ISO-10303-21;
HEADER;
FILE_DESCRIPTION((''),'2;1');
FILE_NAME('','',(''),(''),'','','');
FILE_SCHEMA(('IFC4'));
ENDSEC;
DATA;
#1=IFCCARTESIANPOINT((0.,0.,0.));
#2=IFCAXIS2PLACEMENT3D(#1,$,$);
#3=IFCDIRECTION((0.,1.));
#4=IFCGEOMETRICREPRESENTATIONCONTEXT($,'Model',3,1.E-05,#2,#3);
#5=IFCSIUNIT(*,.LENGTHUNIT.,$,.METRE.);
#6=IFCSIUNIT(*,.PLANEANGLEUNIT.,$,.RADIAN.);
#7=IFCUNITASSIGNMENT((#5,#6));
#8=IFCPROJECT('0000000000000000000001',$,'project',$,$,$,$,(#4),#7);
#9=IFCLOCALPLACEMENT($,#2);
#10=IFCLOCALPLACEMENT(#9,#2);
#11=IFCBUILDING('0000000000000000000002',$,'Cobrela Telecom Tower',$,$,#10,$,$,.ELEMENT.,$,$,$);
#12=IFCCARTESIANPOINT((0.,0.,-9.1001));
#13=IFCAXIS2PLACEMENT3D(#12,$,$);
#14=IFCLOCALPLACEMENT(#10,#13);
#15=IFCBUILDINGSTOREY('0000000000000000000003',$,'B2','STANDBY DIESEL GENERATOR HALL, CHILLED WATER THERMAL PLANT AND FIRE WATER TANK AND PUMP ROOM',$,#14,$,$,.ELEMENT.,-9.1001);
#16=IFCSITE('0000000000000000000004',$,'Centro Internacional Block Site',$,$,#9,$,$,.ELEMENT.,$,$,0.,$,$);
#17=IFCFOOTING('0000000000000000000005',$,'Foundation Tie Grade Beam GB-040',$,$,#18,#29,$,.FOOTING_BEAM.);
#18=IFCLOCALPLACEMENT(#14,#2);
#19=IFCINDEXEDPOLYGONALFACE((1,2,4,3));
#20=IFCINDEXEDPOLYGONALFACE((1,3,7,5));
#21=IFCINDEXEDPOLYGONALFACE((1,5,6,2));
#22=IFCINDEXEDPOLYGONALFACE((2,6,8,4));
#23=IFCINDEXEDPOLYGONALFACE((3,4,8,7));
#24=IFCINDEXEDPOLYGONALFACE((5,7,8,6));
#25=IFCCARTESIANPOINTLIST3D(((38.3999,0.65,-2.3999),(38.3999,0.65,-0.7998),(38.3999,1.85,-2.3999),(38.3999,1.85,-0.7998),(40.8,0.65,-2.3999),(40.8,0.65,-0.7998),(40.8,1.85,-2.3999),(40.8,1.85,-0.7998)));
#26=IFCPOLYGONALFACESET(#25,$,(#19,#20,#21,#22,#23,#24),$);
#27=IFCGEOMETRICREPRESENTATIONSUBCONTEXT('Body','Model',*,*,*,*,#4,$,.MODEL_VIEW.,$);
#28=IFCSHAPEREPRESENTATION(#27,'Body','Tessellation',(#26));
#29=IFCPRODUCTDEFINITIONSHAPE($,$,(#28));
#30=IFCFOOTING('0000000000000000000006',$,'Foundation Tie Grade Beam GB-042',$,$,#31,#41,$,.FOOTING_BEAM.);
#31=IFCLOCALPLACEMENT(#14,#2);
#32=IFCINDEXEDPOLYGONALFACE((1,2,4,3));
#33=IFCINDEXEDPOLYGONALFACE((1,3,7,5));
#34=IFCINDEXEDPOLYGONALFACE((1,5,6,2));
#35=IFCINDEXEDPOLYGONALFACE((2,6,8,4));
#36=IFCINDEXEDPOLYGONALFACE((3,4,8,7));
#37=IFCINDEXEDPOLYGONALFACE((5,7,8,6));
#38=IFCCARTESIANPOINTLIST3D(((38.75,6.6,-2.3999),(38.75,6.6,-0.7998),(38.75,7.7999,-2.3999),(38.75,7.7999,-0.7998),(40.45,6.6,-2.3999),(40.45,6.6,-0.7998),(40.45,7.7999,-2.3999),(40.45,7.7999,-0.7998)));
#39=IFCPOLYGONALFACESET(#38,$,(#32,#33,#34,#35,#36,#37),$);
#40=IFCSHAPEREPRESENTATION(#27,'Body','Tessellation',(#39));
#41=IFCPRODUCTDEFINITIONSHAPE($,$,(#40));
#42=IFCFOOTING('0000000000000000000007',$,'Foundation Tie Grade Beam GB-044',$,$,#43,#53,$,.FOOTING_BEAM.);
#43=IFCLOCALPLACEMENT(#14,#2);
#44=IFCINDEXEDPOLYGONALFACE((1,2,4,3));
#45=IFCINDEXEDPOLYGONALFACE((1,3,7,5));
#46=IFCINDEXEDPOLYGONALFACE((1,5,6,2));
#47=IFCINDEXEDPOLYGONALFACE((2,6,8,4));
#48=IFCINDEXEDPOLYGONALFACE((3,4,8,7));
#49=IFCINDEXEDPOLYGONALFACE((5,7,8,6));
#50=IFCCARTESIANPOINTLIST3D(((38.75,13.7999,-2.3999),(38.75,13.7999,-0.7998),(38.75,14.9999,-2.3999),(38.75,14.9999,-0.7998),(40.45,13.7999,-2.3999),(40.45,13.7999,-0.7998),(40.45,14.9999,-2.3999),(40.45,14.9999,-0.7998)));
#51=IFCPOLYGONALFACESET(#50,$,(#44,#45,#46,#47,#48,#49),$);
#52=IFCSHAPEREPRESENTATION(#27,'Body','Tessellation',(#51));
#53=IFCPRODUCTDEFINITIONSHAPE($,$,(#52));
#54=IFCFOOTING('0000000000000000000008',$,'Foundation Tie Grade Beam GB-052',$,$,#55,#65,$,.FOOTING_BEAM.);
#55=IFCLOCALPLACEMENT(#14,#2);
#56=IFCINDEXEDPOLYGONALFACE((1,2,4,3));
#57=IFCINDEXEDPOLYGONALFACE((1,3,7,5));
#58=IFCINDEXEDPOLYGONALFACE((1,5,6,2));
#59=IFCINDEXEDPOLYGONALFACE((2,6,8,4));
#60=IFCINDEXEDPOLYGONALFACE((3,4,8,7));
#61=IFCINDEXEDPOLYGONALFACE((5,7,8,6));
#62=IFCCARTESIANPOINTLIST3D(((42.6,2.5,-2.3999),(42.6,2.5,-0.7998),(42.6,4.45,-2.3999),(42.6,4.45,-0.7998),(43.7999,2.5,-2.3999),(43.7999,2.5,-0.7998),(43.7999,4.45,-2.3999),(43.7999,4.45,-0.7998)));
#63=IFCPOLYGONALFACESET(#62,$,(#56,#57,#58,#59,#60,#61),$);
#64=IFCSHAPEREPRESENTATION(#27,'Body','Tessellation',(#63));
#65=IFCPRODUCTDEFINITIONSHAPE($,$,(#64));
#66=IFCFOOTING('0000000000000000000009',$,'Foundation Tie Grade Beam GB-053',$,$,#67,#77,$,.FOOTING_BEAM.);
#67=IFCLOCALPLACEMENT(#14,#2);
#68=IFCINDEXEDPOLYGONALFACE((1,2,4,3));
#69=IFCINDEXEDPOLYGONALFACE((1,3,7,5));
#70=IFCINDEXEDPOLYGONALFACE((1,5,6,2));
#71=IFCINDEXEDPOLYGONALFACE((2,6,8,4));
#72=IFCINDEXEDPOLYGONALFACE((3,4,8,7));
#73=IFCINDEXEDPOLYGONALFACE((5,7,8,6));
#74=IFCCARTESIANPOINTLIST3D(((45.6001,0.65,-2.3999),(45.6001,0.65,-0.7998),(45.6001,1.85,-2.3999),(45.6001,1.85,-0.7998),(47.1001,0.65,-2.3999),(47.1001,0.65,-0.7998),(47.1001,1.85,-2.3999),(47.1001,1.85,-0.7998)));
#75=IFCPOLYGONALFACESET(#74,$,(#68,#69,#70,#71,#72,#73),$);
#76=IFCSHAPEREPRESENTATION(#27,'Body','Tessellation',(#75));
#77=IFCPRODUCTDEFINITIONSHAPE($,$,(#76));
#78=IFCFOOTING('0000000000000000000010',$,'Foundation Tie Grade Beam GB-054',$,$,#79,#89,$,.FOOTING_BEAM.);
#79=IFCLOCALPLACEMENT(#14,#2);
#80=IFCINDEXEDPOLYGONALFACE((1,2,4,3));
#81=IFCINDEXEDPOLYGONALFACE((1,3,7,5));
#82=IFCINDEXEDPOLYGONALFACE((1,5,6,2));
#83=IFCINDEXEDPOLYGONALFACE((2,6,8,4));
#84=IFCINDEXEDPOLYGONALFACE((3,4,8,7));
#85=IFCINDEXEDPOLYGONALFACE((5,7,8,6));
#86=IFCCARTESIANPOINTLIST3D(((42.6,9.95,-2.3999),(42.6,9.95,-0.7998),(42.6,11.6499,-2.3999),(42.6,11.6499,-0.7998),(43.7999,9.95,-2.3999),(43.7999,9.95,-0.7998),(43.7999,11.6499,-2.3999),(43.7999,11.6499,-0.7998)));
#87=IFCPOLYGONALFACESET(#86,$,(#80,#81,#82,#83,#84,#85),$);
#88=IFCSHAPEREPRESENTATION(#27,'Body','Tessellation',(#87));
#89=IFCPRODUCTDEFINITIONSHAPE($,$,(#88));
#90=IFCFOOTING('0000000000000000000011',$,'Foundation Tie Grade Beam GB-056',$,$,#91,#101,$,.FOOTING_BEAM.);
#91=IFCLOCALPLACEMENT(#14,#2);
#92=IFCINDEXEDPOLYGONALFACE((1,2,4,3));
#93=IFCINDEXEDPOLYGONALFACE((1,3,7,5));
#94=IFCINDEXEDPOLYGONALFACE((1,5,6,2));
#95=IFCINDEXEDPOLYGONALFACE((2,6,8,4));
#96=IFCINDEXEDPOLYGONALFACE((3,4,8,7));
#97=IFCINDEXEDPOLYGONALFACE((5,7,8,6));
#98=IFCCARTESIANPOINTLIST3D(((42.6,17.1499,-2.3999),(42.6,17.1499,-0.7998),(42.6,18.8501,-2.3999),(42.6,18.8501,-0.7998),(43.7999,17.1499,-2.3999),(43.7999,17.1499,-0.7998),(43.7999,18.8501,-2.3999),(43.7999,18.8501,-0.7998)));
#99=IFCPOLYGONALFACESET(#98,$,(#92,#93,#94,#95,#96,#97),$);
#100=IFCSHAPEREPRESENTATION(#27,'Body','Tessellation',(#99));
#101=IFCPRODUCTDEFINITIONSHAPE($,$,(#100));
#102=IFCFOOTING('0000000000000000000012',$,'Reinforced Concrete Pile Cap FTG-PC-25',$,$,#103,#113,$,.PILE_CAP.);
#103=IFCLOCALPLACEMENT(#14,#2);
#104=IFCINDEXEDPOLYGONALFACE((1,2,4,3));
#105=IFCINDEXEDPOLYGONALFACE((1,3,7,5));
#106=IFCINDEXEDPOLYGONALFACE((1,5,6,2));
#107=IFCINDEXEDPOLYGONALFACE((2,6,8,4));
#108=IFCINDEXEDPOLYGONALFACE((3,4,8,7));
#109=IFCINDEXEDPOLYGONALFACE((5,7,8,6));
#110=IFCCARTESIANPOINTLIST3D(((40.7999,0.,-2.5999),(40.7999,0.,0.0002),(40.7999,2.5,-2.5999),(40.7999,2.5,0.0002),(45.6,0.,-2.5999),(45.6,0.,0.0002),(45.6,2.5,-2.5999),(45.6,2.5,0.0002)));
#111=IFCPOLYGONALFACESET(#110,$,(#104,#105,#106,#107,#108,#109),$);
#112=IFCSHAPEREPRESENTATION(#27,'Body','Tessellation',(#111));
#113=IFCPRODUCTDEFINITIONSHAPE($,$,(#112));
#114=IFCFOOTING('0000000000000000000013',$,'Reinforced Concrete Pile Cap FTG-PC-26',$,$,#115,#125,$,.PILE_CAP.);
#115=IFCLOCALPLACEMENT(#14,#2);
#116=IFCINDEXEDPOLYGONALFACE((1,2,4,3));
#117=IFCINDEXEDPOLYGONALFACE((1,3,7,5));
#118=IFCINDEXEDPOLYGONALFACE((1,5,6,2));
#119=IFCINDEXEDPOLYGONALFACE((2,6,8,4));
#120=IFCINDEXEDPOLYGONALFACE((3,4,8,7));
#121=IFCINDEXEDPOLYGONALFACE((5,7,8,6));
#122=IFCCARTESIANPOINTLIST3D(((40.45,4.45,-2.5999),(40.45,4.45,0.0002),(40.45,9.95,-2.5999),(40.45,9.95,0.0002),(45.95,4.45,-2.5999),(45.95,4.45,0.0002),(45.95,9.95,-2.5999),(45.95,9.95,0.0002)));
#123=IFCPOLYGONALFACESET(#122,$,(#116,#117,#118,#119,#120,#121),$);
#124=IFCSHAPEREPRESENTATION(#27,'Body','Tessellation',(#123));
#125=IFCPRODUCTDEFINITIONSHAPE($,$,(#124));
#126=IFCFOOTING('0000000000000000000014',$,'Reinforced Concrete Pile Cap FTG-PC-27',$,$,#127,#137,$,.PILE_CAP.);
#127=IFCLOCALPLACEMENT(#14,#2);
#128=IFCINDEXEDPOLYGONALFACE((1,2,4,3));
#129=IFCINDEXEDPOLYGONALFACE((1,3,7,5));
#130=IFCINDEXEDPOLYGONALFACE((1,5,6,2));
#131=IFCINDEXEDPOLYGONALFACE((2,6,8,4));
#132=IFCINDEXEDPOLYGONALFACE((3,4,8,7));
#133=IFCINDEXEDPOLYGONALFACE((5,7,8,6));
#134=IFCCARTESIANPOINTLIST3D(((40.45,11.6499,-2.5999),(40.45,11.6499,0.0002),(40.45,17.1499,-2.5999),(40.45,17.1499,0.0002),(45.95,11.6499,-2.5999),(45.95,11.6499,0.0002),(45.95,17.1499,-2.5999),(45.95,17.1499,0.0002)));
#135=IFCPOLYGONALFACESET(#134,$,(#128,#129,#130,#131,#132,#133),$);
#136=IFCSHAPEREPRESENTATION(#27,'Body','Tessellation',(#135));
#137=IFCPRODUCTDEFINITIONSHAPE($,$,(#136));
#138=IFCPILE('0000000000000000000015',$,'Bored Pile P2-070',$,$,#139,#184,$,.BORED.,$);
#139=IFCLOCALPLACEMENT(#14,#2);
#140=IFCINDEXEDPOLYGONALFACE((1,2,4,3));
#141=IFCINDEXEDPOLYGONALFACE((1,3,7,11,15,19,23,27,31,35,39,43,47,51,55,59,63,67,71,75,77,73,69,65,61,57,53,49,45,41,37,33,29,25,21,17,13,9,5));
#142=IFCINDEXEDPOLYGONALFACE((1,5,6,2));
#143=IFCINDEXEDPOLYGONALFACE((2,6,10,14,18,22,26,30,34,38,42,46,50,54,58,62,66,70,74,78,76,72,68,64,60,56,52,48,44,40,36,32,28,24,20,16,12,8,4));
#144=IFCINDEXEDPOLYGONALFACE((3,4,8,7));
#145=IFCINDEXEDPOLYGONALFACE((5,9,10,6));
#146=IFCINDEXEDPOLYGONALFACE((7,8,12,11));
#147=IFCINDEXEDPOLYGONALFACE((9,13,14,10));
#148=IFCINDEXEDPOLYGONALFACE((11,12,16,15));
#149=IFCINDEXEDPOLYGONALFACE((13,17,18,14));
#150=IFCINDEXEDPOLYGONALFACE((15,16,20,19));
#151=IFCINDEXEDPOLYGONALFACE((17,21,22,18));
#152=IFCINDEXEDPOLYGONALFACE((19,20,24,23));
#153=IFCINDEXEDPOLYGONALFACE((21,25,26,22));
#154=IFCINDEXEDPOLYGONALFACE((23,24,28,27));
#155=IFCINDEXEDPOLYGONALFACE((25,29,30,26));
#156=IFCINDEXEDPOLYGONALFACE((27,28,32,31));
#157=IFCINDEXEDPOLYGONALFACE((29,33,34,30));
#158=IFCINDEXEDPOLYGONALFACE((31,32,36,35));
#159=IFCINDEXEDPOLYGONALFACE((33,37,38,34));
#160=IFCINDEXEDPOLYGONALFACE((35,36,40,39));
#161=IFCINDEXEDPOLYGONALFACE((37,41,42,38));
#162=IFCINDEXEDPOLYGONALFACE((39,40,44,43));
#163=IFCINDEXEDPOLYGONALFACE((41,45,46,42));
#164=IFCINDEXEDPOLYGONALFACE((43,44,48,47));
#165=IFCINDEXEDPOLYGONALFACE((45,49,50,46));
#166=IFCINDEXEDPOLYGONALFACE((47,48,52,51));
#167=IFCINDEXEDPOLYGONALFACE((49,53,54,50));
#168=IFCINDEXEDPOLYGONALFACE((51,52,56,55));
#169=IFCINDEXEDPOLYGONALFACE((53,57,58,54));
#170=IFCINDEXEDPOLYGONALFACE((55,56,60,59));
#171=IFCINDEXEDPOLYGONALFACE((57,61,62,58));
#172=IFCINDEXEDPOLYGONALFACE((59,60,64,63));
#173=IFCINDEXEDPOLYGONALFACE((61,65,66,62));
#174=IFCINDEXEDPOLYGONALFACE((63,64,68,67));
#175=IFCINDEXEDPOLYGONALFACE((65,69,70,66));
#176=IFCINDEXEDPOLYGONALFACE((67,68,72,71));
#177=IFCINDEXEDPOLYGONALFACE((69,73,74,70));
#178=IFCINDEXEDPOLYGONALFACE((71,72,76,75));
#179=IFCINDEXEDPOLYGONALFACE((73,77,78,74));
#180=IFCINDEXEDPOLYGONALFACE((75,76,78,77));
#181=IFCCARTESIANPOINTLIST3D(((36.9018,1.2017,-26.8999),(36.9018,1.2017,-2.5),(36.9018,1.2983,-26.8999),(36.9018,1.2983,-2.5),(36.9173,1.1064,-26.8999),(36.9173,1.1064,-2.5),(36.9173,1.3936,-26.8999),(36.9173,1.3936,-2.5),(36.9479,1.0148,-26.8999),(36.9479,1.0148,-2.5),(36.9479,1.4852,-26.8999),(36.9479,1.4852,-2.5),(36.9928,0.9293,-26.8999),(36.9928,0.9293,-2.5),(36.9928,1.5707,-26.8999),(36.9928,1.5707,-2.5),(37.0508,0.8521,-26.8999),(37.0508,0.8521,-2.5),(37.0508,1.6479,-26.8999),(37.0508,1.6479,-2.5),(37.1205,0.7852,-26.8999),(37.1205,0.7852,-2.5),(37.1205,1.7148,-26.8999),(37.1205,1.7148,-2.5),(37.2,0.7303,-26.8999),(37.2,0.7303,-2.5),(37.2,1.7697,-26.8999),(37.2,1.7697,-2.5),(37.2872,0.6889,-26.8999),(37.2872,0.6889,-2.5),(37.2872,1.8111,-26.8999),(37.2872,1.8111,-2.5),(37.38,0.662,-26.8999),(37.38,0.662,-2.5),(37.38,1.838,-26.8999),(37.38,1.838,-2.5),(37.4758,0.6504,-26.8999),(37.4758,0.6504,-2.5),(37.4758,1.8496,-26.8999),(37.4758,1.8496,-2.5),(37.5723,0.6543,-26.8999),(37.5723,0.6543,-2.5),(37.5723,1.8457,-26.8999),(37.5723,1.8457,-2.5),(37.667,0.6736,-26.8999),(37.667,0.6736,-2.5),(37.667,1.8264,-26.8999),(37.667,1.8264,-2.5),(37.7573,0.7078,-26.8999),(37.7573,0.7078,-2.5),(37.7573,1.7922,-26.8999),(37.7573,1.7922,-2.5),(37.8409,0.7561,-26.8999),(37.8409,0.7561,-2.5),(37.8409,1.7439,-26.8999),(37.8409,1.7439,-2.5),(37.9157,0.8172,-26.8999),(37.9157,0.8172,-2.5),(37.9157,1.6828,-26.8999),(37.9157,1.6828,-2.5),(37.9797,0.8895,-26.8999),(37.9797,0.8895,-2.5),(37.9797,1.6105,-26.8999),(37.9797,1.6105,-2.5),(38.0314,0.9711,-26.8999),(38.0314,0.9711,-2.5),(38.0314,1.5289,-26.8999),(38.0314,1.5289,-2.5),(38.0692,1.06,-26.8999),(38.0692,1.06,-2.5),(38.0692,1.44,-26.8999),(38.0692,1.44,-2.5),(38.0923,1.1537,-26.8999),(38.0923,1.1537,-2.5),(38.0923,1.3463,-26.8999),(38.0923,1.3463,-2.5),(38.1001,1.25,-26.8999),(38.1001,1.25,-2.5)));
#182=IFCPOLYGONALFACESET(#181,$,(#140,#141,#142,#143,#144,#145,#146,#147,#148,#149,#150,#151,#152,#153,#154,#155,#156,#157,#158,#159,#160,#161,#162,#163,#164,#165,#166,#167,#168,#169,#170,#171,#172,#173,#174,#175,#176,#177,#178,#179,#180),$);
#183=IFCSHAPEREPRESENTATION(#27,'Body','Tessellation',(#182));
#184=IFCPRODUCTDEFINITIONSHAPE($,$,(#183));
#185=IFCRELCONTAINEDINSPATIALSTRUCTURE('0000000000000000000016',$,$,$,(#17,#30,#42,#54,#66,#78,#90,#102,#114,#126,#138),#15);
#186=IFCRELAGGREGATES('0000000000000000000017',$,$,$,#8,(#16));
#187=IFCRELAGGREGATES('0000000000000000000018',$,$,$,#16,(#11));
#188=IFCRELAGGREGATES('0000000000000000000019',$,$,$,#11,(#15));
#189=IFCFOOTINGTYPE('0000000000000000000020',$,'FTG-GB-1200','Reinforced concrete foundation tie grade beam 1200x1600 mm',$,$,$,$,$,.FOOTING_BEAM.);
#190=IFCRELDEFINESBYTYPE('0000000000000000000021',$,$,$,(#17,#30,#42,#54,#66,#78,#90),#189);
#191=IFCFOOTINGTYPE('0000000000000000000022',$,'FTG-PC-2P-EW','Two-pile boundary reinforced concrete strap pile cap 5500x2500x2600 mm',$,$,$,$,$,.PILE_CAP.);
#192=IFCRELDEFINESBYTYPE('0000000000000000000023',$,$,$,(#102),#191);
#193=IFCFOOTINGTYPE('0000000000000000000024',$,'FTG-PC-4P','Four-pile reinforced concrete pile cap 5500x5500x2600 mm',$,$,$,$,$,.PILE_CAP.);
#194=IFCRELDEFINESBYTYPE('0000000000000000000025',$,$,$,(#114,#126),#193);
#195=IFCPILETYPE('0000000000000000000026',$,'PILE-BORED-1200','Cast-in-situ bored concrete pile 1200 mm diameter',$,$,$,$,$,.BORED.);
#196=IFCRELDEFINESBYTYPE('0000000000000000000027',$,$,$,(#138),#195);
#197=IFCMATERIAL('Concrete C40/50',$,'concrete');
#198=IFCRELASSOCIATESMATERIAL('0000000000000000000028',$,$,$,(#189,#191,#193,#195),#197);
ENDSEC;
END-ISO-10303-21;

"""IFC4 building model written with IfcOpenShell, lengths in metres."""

from ifc_helpers import new_model, si_unit, direction, frame, origin, origin_2d, place, context, subcontext, project, spatial, rectangle, circle, extrude, material, material_profile, profile_set, type_object, element, save


model = new_model("IFC4")

# Units and contexts
model_context = context("Model", 3, precision=1e-05, world=origin(), true_north=direction((0.0, 1.0)))
body_context = subcontext(model_context, "Body", "Model", "MODEL_VIEW")
ifc_project = project(units=[si_unit("LENGTHUNIT", "METRE"), si_unit("PLANEANGLEUNIT", "RADIAN")], contexts=[model_context])

# Site, building, storey
site_placement = place(None, origin())
site = spatial("IfcSite", under=ifc_project, at=site_placement, Name="Centro Internacional Block Site", CompositionType="ELEMENT", RefElevation=0.0)
building_placement = place(site_placement, origin())
building = spatial("IfcBuilding", under=site, at=building_placement, Name="Cobrela Telecom Tower", CompositionType="ELEMENT")
storey_placement = place(building_placement, frame((0.0, 0.0, -9.1001)))
storey = spatial("IfcBuildingStorey", under=building, at=storey_placement, Name="B2", Description="STANDBY DIESEL GENERATOR HALL, CHILLED WATER THERMAL PLANT AND FIRE WATER TANK AND PUMP ROOM", CompositionType="ELEMENT", Elevation=-9.1001)

# Footings
ifc_material_1 = material(Name="Concrete C40/50", Category="concrete")
ifc_material_profile_1 = material_profile(ifc_material_1, rectangle(XDim=1.2, YDim=1.6001, at=origin_2d()), Name="GB 1200x1600")
ifc_profile_set_1 = profile_set([ifc_material_profile_1], Name="Concrete C40/50")
footing_type_1 = type_object("IfcFootingType", Name="FTG-GB-1200", Description="Reinforced concrete foundation tie grade beam 1200x1600 mm", PredefinedType="FOOTING_BEAM", material=ifc_profile_set_1)
footing_1_placement = place(storey_placement, frame((38.3999, 1.25, -1.5999), z_axis=(1.0, 0.0, 0.0), x_axis=(0.0, 1.0, 0.0)))
element("IfcFooting", 1, at=footing_1_placement, inside=storey, type_object=footing_type_1, Name="Foundation Tie Grade Beam GB-040", PredefinedType="FOOTING_BEAM", context=body_context, shape_type="SweptSolid", body=[
    extrude(rectangle(XDim=1.2, YDim=1.6001, at=origin_2d()), origin(), (0.0, 0.0, 1.0), 2.4001),
])
for number, where, z_axis, x_axis, name in (
    (2, (38.75, 7.2, -1.5999), (1.0, 0.0, 0.0), (0.0, 1.0, 0.0), "Foundation Tie Grade Beam GB-042"),
    (3, (38.75, 14.3999, -1.5999), (1.0, 0.0, 0.0), (0.0, 1.0, 0.0), "Foundation Tie Grade Beam GB-044"),
):
    element("IfcFooting", number, at=place(storey_placement, frame(where, z_axis=z_axis, x_axis=x_axis)), inside=storey, type_object=footing_type_1, Name=name, PredefinedType="FOOTING_BEAM", context=body_context, shape_type="SweptSolid", body=[
        extrude(rectangle(XDim=1.2, YDim=1.6001, at=origin_2d()), origin(), (0.0, 0.0, 1.0), 1.7),
    ])
footing_2_placement = place(storey_placement, frame((43.2, 2.5, -1.5999), z_axis=(0.0, 1.0, 0.0), x_axis=(-1.0, 0.0, 0.0)))
element("IfcFooting", 4, at=footing_2_placement, inside=storey, type_object=footing_type_1, Name="Foundation Tie Grade Beam GB-052", PredefinedType="FOOTING_BEAM", context=body_context, shape_type="SweptSolid", body=[
    extrude(rectangle(XDim=1.2, YDim=1.6001, at=origin_2d()), origin(), (0.0, 0.0, 1.0), 1.95),
])
footing_3_placement = place(storey_placement, frame((45.6001, 1.25, -1.5999), z_axis=(1.0, 0.0, 0.0), x_axis=(0.0, 1.0, 0.0)))
element("IfcFooting", 5, at=footing_3_placement, inside=storey, type_object=footing_type_1, Name="Foundation Tie Grade Beam GB-053", PredefinedType="FOOTING_BEAM", context=body_context, shape_type="SweptSolid", body=[
    extrude(rectangle(XDim=1.2, YDim=1.6001, at=origin_2d()), origin(), (0.0, 0.0, 1.0), 1.5),
])
footing_4_placement = place(storey_placement, frame((43.2, 9.95, -1.5999), z_axis=(0.0, 1.0, 0.0), x_axis=(-1.0, 0.0, 0.0)))
element("IfcFooting", 6, at=footing_4_placement, inside=storey, type_object=footing_type_1, Name="Foundation Tie Grade Beam GB-054", PredefinedType="FOOTING_BEAM", context=body_context, shape_type="SweptSolid", body=[
    extrude(rectangle(XDim=1.2, YDim=1.6001, at=origin_2d()), origin(), (0.0, 0.0, 1.0), 1.7),
])
footing_5_placement = place(storey_placement, frame((43.2, 17.1499, -1.5999), z_axis=(0.0, 1.0, 0.0), x_axis=(-1.0, 0.0, 0.0)))
element("IfcFooting", 7, at=footing_5_placement, inside=storey, type_object=footing_type_1, Name="Foundation Tie Grade Beam GB-056", PredefinedType="FOOTING_BEAM", context=body_context, shape_type="SweptSolid", body=[
    extrude(rectangle(XDim=1.2, YDim=1.6001, at=origin_2d()), origin(), (0.0, 0.0, 1.0), 1.7002),
])
footing_type_2 = type_object("IfcFootingType", Name="FTG-PC-2P-EW", Description="Two-pile boundary reinforced concrete strap pile cap 5500x2500x2600 mm", PredefinedType="PILE_CAP", material=ifc_material_1)
footing_6_placement = place(storey_placement, frame((43.2, 1.25, -2.5999), z_axis=(0.0, 0.0, 1.0), x_axis=(1.0, 0.0, 0.0)))
element("IfcFooting", 8, at=footing_6_placement, inside=storey, type_object=footing_type_2, Name="Reinforced Concrete Pile Cap FTG-PC-25", PredefinedType="PILE_CAP", context=body_context, shape_type="SweptSolid", body=[
    extrude(rectangle(XDim=4.8, YDim=2.5, at=origin_2d()), origin(), (0.0, 0.0, 1.0), 2.6001),
])
footing_type_3 = type_object("IfcFootingType", Name="FTG-PC-4P", Description="Four-pile reinforced concrete pile cap 5500x5500x2600 mm", PredefinedType="PILE_CAP", material=ifc_material_1)
for number, where, z_axis, x_axis, name in (
    (9, (43.2, 7.2, -2.5999), (0.0, 0.0, 1.0), (1.0, 0.0, 0.0), "Reinforced Concrete Pile Cap FTG-PC-26"),
    (10, (43.2, 14.3999, -2.5999), (0.0, 0.0, 1.0), (1.0, 0.0, 0.0), "Reinforced Concrete Pile Cap FTG-PC-27"),
):
    element("IfcFooting", number, at=place(storey_placement, frame(where, z_axis=z_axis, x_axis=x_axis)), inside=storey, type_object=footing_type_3, Name=name, PredefinedType="PILE_CAP", context=body_context, shape_type="SweptSolid", body=[
        extrude(rectangle(XDim=5.5, YDim=5.5, at=origin_2d()), origin(), (0.0, 0.0, 1.0), 2.6001),
    ])

# Pile
ifc_material_profile_2 = material_profile(ifc_material_1, circle(Radius=0.6001, at=origin_2d()), Name="BORED PILE D1200")
ifc_profile_set_2 = profile_set([ifc_material_profile_2], Name="Concrete C40/50")
pile_type = type_object("IfcPileType", Name="PILE-BORED-1200", Description="Cast-in-situ bored concrete pile 1200 mm diameter", PredefinedType="BORED", material=ifc_profile_set_2)
for number, where, z_axis, x_axis, name in (
    (11, (37.5, 1.25, -2.5), (0.0, 0.0, -1.0), (1.0, 0.0, 0.0), "Bored Pile P2-070"),
):
    element("IfcPile", number, at=place(storey_placement, frame(where, z_axis=z_axis, x_axis=x_axis)), inside=storey, type_object=pile_type, Name=name, PredefinedType="BORED", context=body_context, shape_type="SweptSolid", body=[
        extrude(circle(Radius=0.6001, at=origin_2d()), origin(), (0.0, 0.0, 1.0), 24.3999),
    ])

save(model, "model.ifc")
